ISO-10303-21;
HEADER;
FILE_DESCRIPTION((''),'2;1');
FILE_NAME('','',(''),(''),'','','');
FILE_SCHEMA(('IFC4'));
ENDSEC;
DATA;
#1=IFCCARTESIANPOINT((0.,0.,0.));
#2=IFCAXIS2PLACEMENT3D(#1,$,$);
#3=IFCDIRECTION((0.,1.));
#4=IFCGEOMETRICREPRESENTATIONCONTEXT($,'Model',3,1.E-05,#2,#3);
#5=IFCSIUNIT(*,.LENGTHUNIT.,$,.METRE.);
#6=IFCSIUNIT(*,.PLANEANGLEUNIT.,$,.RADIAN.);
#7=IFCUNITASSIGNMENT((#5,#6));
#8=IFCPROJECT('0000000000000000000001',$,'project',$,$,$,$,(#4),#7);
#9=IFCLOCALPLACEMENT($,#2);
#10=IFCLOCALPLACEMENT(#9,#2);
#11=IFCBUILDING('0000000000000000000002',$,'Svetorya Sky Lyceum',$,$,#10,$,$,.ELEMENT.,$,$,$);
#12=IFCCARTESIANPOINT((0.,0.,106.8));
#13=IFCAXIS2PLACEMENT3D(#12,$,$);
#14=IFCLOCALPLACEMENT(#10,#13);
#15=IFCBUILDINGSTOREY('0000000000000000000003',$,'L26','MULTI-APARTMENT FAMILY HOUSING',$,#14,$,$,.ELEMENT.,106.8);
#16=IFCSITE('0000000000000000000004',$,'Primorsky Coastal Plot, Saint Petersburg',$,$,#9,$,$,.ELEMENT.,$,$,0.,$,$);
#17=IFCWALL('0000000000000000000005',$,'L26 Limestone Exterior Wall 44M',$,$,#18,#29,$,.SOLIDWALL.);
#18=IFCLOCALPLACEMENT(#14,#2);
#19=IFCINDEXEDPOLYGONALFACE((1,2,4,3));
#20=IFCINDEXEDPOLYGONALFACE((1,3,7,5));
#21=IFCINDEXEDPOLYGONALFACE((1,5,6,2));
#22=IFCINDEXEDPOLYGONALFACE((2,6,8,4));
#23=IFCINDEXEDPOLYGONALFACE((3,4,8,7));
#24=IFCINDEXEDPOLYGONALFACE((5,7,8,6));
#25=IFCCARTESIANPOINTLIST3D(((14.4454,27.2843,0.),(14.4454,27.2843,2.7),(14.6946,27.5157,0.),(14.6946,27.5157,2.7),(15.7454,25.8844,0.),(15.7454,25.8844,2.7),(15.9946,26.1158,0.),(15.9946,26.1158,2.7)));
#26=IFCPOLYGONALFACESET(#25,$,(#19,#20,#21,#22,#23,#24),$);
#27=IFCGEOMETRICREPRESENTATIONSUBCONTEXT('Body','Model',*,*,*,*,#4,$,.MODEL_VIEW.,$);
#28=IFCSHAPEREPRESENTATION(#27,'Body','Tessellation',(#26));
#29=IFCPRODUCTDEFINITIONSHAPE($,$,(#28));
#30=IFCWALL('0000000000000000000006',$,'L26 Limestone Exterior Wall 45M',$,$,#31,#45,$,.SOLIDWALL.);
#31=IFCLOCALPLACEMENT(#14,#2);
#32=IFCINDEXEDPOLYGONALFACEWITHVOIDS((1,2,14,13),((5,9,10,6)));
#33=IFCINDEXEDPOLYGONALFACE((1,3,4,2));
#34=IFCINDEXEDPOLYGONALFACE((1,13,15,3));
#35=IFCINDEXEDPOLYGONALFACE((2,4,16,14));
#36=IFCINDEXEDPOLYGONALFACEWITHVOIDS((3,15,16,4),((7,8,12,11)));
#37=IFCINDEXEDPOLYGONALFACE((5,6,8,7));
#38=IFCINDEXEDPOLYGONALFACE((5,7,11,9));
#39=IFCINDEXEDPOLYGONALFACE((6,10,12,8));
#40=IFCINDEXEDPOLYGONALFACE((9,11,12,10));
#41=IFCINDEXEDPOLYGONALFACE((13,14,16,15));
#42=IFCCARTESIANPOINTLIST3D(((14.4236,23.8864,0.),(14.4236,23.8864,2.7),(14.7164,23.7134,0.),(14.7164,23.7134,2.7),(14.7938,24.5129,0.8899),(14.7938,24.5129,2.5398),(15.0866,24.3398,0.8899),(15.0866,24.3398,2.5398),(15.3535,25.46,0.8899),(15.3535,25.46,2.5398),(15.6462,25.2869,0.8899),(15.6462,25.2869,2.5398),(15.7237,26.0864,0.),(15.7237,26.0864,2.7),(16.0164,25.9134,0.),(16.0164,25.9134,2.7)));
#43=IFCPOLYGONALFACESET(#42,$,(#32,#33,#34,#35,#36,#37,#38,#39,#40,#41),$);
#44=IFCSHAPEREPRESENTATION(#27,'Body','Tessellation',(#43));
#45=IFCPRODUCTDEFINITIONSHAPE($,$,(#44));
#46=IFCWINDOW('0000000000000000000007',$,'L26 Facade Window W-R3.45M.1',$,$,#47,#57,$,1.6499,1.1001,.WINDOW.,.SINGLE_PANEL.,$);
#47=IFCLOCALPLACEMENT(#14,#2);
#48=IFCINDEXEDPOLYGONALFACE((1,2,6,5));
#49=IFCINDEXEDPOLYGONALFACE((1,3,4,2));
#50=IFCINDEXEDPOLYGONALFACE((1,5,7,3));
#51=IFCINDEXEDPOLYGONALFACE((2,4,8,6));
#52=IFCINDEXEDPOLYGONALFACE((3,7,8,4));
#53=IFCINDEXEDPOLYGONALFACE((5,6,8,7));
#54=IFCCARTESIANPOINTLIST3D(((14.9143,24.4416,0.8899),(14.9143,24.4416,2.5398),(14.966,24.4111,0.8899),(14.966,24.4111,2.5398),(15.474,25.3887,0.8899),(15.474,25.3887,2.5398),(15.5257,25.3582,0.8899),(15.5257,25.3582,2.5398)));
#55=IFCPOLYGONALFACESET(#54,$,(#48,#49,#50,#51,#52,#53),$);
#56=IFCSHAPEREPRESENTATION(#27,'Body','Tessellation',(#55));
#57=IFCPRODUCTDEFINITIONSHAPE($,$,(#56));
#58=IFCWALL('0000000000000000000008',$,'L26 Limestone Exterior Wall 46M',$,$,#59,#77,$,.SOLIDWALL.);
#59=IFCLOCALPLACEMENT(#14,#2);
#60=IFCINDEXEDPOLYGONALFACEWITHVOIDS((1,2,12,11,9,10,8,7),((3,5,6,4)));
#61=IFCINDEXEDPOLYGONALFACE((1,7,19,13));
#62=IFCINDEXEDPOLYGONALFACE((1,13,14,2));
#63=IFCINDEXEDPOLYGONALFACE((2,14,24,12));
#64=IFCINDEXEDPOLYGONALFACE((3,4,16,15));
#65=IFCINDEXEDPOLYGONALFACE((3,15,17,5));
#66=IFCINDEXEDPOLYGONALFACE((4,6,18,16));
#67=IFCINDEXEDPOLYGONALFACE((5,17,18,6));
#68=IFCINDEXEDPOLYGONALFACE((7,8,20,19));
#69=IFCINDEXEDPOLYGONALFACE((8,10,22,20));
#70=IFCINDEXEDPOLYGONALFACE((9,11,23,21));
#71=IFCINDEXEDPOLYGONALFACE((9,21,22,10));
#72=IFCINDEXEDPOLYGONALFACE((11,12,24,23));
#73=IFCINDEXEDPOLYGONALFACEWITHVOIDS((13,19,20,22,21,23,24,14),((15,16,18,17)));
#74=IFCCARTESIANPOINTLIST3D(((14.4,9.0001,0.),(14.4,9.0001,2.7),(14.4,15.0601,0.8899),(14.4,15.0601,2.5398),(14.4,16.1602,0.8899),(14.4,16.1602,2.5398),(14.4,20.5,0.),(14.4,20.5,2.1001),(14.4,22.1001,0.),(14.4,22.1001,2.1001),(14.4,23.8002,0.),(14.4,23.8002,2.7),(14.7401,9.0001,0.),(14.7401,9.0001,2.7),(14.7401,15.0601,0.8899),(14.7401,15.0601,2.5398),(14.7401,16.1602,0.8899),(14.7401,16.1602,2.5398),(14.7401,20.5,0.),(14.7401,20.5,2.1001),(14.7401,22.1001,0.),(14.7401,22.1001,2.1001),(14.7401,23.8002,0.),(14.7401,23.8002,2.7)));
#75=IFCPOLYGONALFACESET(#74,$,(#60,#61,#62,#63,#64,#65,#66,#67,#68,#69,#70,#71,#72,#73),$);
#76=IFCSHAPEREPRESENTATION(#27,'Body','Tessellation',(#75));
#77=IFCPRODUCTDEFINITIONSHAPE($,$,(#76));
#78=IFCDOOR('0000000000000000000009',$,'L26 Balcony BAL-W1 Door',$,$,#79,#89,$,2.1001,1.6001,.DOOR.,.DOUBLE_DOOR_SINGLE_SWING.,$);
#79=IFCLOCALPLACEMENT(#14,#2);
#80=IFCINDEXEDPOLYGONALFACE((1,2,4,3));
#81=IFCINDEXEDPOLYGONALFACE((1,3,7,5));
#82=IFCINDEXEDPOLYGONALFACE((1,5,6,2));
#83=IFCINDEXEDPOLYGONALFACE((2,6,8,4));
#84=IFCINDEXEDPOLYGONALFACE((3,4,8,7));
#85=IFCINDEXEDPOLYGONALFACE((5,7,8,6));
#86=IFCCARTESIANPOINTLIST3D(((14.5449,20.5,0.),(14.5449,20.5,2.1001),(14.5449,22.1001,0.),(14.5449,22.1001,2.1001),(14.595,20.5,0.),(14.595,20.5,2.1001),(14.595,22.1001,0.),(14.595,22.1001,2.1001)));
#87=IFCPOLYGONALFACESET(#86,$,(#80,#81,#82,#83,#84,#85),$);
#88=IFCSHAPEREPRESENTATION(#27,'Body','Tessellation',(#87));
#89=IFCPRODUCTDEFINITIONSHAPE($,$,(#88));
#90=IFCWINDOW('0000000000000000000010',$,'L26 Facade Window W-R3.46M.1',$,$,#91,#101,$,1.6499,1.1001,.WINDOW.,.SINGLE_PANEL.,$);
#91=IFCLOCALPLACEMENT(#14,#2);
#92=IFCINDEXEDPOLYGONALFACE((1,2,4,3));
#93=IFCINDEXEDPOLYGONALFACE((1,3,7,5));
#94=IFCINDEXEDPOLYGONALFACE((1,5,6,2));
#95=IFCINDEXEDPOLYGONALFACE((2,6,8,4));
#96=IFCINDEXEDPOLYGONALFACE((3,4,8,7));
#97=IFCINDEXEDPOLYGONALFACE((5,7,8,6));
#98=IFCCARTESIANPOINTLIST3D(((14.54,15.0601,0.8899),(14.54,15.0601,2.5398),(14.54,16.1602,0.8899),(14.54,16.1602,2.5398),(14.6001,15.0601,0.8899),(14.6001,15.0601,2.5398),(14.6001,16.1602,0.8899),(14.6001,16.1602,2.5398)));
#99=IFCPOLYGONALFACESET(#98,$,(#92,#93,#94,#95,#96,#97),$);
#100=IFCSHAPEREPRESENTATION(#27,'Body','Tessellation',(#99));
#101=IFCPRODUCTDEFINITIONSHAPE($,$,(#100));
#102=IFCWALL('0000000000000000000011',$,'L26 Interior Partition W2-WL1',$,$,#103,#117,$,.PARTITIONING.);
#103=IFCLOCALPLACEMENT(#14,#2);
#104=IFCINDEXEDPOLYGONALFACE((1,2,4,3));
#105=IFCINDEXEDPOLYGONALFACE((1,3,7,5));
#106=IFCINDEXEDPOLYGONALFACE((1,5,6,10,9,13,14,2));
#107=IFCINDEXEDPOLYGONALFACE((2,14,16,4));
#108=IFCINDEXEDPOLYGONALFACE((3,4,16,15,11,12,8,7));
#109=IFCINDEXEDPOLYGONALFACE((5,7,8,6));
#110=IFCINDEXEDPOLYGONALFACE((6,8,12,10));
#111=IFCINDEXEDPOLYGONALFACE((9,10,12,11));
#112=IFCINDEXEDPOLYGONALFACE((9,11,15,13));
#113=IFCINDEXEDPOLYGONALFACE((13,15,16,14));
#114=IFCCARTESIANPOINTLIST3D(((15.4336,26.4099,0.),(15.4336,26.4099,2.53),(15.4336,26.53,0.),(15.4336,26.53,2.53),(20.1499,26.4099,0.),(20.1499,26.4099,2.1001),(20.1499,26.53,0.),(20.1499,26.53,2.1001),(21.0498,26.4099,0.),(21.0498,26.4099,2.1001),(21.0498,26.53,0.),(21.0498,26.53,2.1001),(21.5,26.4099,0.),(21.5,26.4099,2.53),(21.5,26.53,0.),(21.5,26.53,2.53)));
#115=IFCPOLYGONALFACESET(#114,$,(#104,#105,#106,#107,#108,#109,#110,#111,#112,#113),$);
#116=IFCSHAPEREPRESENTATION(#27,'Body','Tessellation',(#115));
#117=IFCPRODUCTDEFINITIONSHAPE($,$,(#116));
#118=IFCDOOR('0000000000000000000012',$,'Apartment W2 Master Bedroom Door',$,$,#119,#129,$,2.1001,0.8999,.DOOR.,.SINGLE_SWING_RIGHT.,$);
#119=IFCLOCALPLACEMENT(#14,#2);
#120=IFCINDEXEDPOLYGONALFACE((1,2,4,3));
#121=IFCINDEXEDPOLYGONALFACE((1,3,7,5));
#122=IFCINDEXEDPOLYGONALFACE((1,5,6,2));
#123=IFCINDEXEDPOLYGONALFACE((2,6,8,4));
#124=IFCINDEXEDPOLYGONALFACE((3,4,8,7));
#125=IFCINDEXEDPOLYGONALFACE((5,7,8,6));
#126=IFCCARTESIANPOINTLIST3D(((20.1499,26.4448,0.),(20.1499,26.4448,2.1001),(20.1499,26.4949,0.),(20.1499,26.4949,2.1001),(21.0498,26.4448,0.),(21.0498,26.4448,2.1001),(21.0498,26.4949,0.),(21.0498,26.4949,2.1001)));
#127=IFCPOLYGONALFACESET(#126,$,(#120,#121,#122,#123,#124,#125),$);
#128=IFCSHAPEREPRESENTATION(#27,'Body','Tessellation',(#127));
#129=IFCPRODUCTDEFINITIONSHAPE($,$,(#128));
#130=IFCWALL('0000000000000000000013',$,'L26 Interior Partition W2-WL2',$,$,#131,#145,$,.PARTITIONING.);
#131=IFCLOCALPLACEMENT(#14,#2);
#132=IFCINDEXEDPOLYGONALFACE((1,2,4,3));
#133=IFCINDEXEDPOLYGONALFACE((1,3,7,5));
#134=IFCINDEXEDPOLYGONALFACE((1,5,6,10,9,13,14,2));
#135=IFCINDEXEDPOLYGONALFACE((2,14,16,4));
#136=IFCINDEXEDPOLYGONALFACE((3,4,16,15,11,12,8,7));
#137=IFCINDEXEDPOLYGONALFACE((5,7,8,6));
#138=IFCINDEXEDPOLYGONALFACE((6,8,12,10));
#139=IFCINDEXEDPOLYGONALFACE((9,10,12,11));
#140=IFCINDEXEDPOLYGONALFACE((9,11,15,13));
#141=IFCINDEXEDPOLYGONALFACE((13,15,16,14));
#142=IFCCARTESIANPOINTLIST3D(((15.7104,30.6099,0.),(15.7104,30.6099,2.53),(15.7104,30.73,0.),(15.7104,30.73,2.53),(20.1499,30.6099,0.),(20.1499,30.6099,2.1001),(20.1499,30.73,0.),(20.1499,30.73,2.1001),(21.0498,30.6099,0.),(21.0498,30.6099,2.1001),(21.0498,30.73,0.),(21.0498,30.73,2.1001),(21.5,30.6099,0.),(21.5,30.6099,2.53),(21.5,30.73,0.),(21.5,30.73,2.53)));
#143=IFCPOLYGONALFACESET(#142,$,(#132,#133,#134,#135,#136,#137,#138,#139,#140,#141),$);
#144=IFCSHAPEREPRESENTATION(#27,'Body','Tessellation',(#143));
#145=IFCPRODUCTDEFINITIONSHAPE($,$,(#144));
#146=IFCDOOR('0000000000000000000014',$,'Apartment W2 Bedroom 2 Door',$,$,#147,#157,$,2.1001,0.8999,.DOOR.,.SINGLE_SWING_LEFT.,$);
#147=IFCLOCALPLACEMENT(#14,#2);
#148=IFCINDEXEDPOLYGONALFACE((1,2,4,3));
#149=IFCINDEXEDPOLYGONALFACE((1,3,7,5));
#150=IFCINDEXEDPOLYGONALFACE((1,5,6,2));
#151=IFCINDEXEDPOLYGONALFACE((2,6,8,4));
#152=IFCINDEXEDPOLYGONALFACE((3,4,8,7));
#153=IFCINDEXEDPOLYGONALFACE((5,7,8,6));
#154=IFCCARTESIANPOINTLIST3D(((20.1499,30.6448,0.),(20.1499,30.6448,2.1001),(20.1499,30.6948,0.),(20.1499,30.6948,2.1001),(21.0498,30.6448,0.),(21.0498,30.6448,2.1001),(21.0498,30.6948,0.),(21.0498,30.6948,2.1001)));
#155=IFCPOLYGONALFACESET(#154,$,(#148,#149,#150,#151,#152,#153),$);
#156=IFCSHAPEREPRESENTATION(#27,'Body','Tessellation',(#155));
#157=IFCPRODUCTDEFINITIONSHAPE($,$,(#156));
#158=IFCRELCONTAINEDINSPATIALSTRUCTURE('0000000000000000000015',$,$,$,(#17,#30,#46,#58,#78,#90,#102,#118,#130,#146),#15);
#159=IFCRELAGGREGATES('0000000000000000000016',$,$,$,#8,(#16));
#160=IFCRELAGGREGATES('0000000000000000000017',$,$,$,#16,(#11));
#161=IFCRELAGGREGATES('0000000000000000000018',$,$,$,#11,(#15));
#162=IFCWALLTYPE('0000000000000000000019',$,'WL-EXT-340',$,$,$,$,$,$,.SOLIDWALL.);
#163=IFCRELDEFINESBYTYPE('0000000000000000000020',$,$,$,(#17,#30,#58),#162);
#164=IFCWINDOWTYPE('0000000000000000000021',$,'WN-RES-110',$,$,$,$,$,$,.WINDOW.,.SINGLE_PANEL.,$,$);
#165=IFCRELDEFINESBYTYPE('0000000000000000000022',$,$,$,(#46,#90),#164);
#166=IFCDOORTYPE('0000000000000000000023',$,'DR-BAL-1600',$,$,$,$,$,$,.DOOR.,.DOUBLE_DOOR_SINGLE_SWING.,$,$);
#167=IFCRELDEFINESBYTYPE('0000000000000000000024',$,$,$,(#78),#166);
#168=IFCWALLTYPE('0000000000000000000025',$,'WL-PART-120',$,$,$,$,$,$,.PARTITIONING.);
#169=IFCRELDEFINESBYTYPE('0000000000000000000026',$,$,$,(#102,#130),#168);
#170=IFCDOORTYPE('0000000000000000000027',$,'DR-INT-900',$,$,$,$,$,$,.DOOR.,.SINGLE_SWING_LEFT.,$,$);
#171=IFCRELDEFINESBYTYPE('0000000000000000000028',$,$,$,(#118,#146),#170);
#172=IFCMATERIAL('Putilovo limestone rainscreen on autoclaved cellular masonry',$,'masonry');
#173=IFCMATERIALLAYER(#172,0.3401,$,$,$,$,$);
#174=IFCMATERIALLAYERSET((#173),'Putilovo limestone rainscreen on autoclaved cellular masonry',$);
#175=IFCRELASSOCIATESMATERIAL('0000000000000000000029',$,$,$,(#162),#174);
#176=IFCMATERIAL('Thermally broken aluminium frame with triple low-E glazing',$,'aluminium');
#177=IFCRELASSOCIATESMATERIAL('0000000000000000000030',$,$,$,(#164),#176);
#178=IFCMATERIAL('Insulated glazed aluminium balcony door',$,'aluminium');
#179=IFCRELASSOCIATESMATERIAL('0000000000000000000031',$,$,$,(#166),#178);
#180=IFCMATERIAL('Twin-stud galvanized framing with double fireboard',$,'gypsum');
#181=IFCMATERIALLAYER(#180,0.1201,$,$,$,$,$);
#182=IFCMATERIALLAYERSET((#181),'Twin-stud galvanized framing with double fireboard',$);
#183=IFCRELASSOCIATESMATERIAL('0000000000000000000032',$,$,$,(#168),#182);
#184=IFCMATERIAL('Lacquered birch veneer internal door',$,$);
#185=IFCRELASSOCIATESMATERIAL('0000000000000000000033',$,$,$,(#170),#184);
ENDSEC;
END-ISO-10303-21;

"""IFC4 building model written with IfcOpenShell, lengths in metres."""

from ifc_helpers import new_model, si_unit, direction, frame, frame_2d, origin, place, context, subcontext, project, spatial, rectangle, extrude, material, layer, layer_set, type_object, element, fill, save


model = new_model("IFC4")

# Units and contexts
model_context = context("Model", 3, precision=1e-05, world=origin(), true_north=direction((0.0, 1.0)))
body_context = subcontext(model_context, "Body", "Model", "MODEL_VIEW")
ifc_project = project(units=[si_unit("LENGTHUNIT", "METRE"), si_unit("PLANEANGLEUNIT", "RADIAN")], contexts=[model_context])

# Site, building, storey
site_placement = place(None, origin())
site = spatial("IfcSite", under=ifc_project, at=site_placement, Name="Primorsky Coastal Plot, Saint Petersburg", CompositionType="ELEMENT", RefElevation=0.0)
building_placement = place(site_placement, origin())
building = spatial("IfcBuilding", under=site, at=building_placement, Name="Svetorya Sky Lyceum", CompositionType="ELEMENT")
storey_placement = place(building_placement, frame((0.0, 0.0, 106.8)))
storey = spatial("IfcBuildingStorey", under=building, at=storey_placement, Name="L26", Description="MULTI-APARTMENT FAMILY HOUSING", CompositionType="ELEMENT", Elevation=106.8)

# Shared definitions
ifc_material_1 = material(Name="Putilovo limestone rainscreen on autoclaved cellular masonry", Category="masonry")
ifc_layer_1 = layer(ifc_material_1, 0.3401)
ifc_layer_set_1 = layer_set([ifc_layer_1], Name="Putilovo limestone rainscreen on autoclaved cellular masonry")
wall_type_1 = type_object("IfcWallType", Name="WL-EXT-340", PredefinedType="SOLIDWALL", material=ifc_layer_set_1)
ifc_material_2 = material(Name="Thermally broken aluminium frame with triple low-E glazing", Category="aluminium")
window_type_1 = type_object("IfcWindowType", Name="WN-RES-110", PartitioningType="SINGLE_PANEL", PredefinedType="WINDOW", material=ifc_material_2)

# Wall
wall_1_placement = place(storey_placement, frame((14.5701, 27.3999, 0.0), z_axis=(0.0, 0.0, 1.0), x_axis=(0.68049, -0.732757, 0.0)))
element("IfcWall", 1, at=wall_1_placement, inside=storey, type_object=wall_type_1, Name="L26 Limestone Exterior Wall 44M", PredefinedType="SOLIDWALL", context=body_context, shape_type="SweptSolid", body=[
    extrude(rectangle(XDim=1.9104, YDim=0.3401, at=frame_2d((0.9551, 0.0))), origin(), (0.0, 0.0, 1.0), 2.7),
])

# Wall, opening, window
wall_2_placement = place(storey_placement, frame((15.8701, 26.0, 0.0), z_axis=(0.0, 0.0, 1.0), x_axis=(-0.508752, -0.860913, 0.0)))
wall_2 = element("IfcWall", 2, at=wall_2_placement, inside=storey, type_object=wall_type_1, Name="L26 Limestone Exterior Wall 45M", PredefinedType="SOLIDWALL", context=body_context, shape_type="SweptSolid", body=[
    extrude(rectangle(XDim=2.5554, YDim=0.3401, at=frame_2d((1.2778, 0.0))), origin(), (0.0, 0.0, 1.0), 2.7),
])
opening_1_placement = place(wall_2_placement, frame((0.7278, 0.0, 0.8899)))
opening_1 = element("IfcOpeningElement", 3, at=opening_1_placement, cuts=wall_2, PredefinedType="OPENING", context=body_context, shape_type="SweptSolid", body=[
    extrude(rectangle(XDim=1.1001, YDim=1.6499, at=frame_2d((0.55, 0.825))), frame((0.0, 0.1799, 0.0), z_axis=(0.0, -1.0, 0.0), x_axis=(1.0, 0.0, 0.0)), (0.0, 0.0, 1.0), 0.3601),
])
window_1_placement = place(opening_1_placement, origin())
window_1 = element("IfcWindow", 4, at=window_1_placement, inside=storey, type_object=window_type_1, Name="L26 Facade Window W-R3.45M.1", OverallHeight=1.6499, OverallWidth=1.1001, PartitioningType="SINGLE_PANEL", PredefinedType="WINDOW", context=body_context, shape_type="SweptSolid", body=[
    extrude(rectangle(XDim=1.1001, YDim=1.6499, at=frame_2d((0.55, 0.825))), frame((0.0, 0.03, 0.0), z_axis=(0.0, -1.0, 0.0), x_axis=(1.0, 0.0, 0.0)), (0.0, 0.0, 1.0), 0.0601),
])
fill(opening_1, window_1)

# Wall, openings, door, window
wall_3_placement = place(storey_placement, frame((14.5701, 23.8, 0.0), z_axis=(0.0, 0.0, 1.0), x_axis=(0.0, -1.0, 0.0)))
wall_3 = element("IfcWall", 5, at=wall_3_placement, inside=storey, type_object=wall_type_1, Name="L26 Limestone Exterior Wall 46M", PredefinedType="SOLIDWALL", context=body_context, shape_type="SweptSolid", body=[
    extrude(rectangle(XDim=14.8, YDim=0.3401, at=frame_2d((7.3999, 0.0))), origin(), (0.0, 0.0, 1.0), 2.7),
])
opening_2_placement = place(wall_3_placement, frame((1.7, 0.0, 0.0)))
opening_2 = element("IfcOpeningElement", 6, at=opening_2_placement, cuts=wall_3, PredefinedType="OPENING", context=body_context, shape_type="SweptSolid", body=[
    extrude(rectangle(XDim=1.6001, YDim=2.1001, at=frame_2d((0.8, 1.05))), frame((0.0, 0.1799, 0.0), z_axis=(0.0, -1.0, 0.0), x_axis=(1.0, 0.0, 0.0)), (0.0, 0.0, 1.0), 0.3601),
])
opening_3_placement = place(wall_3_placement, frame((7.6399, 0.0, 0.8899)))
opening_3 = element("IfcOpeningElement", 7, at=opening_3_placement, cuts=wall_3, PredefinedType="OPENING", context=body_context, shape_type="SweptSolid", body=[
    extrude(rectangle(XDim=1.1001, YDim=1.6499, at=frame_2d((0.55, 0.825))), frame((0.0, 0.1799, 0.0), z_axis=(0.0, -1.0, 0.0), x_axis=(1.0, 0.0, 0.0)), (0.0, 0.0, 1.0), 0.3601),
])
ifc_material_3 = material(Name="Insulated glazed aluminium balcony door", Category="aluminium")
door_type_1 = type_object("IfcDoorType", Name="DR-BAL-1600", OperationType="DOUBLE_DOOR_SINGLE_SWING", PredefinedType="DOOR", material=ifc_material_3)
door_1_placement = place(opening_2_placement, origin())
door_1 = element("IfcDoor", 8, at=door_1_placement, inside=storey, type_object=door_type_1, Name="L26 Balcony BAL-W1 Door", OperationType="DOUBLE_DOOR_SINGLE_SWING", OverallHeight=2.1001, OverallWidth=1.6001, PredefinedType="DOOR", context=body_context, shape_type="SweptSolid", body=[
    extrude(rectangle(XDim=1.6001, YDim=2.1001, at=frame_2d((0.8, 1.05))), frame((0.0, 0.0249, 0.0), z_axis=(0.0, -1.0, 0.0), x_axis=(1.0, 0.0, 0.0)), (0.0, 0.0, 1.0), 0.05),
])
fill(opening_2, door_1)
window_2_placement = place(opening_3_placement, origin())
window_2 = element("IfcWindow", 9, at=window_2_placement, inside=storey, type_object=window_type_1, Name="L26 Facade Window W-R3.46M.1", OverallHeight=1.6499, OverallWidth=1.1001, PartitioningType="SINGLE_PANEL", PredefinedType="WINDOW", context=body_context, shape_type="SweptSolid", body=[
    extrude(rectangle(XDim=1.1001, YDim=1.6499, at=frame_2d((0.55, 0.825))), frame((0.0, 0.03, 0.0), z_axis=(0.0, -1.0, 0.0), x_axis=(1.0, 0.0, 0.0)), (0.0, 0.0, 1.0), 0.0601),
])
fill(opening_3, window_2)

# Walls, openings, doors
ifc_material_4 = material(Name="Twin-stud galvanized framing with double fireboard", Category="gypsum")
ifc_layer_2 = layer(ifc_material_4, 0.1201)
ifc_layer_set_2 = layer_set([ifc_layer_2], Name="Twin-stud galvanized framing with double fireboard")
wall_type_2 = type_object("IfcWallType", Name="WL-PART-120", PredefinedType="PARTITIONING", material=ifc_layer_set_2)
wall_4_placement = place(storey_placement, frame((15.4336, 26.47, 0.0), z_axis=(0.0, 0.0, 1.0), x_axis=(1.0, 0.0, 0.0)))
wall_4 = element("IfcWall", 10, at=wall_4_placement, inside=storey, type_object=wall_type_2, Name="L26 Interior Partition W2-WL1", PredefinedType="PARTITIONING", context=body_context, shape_type="SweptSolid", body=[
    extrude(rectangle(XDim=6.0664, YDim=0.1201, at=frame_2d((3.0332, 0.0))), origin(), (0.0, 0.0, 1.0), 2.53),
])
opening_4_placement = place(wall_4_placement, frame((4.7163, 0.0, 0.0)))
opening_4 = element("IfcOpeningElement", 11, at=opening_4_placement, cuts=wall_4, PredefinedType="OPENING", context=body_context, shape_type="SweptSolid", body=[
    extrude(rectangle(XDim=0.8999, YDim=2.1001, at=frame_2d((0.45, 1.05))), frame((0.0, 0.0701, 0.0), z_axis=(0.0, -1.0, 0.0), x_axis=(1.0, 0.0, 0.0)), (0.0, 0.0, 1.0), 0.1401),
])
ifc_material_5 = material(Name="Lacquered birch veneer internal door")
door_type_2 = type_object("IfcDoorType", Name="DR-INT-900", OperationType="SINGLE_SWING_LEFT", PredefinedType="DOOR", material=ifc_material_5)
door_2_placement = place(opening_4_placement, origin())
door_2 = element("IfcDoor", 12, at=door_2_placement, inside=storey, type_object=door_type_2, Name="Apartment W2 Master Bedroom Door", OperationType="SINGLE_SWING_RIGHT", OverallHeight=2.1001, OverallWidth=0.8999, PredefinedType="DOOR", context=body_context, shape_type="SweptSolid", body=[
    extrude(rectangle(XDim=0.8999, YDim=2.1001, at=frame_2d((0.45, 1.05))), frame((0.0, 0.0249, 0.0), z_axis=(0.0, -1.0, 0.0), x_axis=(1.0, 0.0, 0.0)), (0.0, 0.0, 1.0), 0.05),
])
fill(opening_4, door_2)
wall_5_placement = place(storey_placement, frame((15.7104, 30.6699, 0.0), z_axis=(0.0, 0.0, 1.0), x_axis=(1.0, 0.0, 0.0)))
wall_5 = element("IfcWall", 13, at=wall_5_placement, inside=storey, type_object=wall_type_2, Name="L26 Interior Partition W2-WL2", PredefinedType="PARTITIONING", context=body_context, shape_type="SweptSolid", body=[
    extrude(rectangle(XDim=5.7896, YDim=0.1201, at=frame_2d((2.8948, 0.0))), origin(), (0.0, 0.0, 1.0), 2.53),
])
opening_5_placement = place(wall_5_placement, frame((4.4395, 0.0, 0.0)))
opening_5 = element("IfcOpeningElement", 14, at=opening_5_placement, cuts=wall_5, PredefinedType="OPENING", context=body_context, shape_type="SweptSolid", body=[
    extrude(rectangle(XDim=0.8999, YDim=2.1001, at=frame_2d((0.45, 1.05))), frame((0.0, 0.0701, 0.0), z_axis=(0.0, -1.0, 0.0), x_axis=(1.0, 0.0, 0.0)), (0.0, 0.0, 1.0), 0.1401),
])
door_3_placement = place(opening_5_placement, origin())
door_3 = element("IfcDoor", 15, at=door_3_placement, inside=storey, type_object=door_type_2, Name="Apartment W2 Bedroom 2 Door", OperationType="SINGLE_SWING_LEFT", OverallHeight=2.1001, OverallWidth=0.8999, PredefinedType="DOOR", context=body_context, shape_type="SweptSolid", body=[
    extrude(rectangle(XDim=0.8999, YDim=2.1001, at=frame_2d((0.45, 1.05))), frame((0.0, 0.0249, 0.0), z_axis=(0.0, -1.0, 0.0), x_axis=(1.0, 0.0, 0.0)), (0.0, 0.0, 1.0), 0.05),
])
fill(opening_5, door_3)

save(model, "model.ifc")
